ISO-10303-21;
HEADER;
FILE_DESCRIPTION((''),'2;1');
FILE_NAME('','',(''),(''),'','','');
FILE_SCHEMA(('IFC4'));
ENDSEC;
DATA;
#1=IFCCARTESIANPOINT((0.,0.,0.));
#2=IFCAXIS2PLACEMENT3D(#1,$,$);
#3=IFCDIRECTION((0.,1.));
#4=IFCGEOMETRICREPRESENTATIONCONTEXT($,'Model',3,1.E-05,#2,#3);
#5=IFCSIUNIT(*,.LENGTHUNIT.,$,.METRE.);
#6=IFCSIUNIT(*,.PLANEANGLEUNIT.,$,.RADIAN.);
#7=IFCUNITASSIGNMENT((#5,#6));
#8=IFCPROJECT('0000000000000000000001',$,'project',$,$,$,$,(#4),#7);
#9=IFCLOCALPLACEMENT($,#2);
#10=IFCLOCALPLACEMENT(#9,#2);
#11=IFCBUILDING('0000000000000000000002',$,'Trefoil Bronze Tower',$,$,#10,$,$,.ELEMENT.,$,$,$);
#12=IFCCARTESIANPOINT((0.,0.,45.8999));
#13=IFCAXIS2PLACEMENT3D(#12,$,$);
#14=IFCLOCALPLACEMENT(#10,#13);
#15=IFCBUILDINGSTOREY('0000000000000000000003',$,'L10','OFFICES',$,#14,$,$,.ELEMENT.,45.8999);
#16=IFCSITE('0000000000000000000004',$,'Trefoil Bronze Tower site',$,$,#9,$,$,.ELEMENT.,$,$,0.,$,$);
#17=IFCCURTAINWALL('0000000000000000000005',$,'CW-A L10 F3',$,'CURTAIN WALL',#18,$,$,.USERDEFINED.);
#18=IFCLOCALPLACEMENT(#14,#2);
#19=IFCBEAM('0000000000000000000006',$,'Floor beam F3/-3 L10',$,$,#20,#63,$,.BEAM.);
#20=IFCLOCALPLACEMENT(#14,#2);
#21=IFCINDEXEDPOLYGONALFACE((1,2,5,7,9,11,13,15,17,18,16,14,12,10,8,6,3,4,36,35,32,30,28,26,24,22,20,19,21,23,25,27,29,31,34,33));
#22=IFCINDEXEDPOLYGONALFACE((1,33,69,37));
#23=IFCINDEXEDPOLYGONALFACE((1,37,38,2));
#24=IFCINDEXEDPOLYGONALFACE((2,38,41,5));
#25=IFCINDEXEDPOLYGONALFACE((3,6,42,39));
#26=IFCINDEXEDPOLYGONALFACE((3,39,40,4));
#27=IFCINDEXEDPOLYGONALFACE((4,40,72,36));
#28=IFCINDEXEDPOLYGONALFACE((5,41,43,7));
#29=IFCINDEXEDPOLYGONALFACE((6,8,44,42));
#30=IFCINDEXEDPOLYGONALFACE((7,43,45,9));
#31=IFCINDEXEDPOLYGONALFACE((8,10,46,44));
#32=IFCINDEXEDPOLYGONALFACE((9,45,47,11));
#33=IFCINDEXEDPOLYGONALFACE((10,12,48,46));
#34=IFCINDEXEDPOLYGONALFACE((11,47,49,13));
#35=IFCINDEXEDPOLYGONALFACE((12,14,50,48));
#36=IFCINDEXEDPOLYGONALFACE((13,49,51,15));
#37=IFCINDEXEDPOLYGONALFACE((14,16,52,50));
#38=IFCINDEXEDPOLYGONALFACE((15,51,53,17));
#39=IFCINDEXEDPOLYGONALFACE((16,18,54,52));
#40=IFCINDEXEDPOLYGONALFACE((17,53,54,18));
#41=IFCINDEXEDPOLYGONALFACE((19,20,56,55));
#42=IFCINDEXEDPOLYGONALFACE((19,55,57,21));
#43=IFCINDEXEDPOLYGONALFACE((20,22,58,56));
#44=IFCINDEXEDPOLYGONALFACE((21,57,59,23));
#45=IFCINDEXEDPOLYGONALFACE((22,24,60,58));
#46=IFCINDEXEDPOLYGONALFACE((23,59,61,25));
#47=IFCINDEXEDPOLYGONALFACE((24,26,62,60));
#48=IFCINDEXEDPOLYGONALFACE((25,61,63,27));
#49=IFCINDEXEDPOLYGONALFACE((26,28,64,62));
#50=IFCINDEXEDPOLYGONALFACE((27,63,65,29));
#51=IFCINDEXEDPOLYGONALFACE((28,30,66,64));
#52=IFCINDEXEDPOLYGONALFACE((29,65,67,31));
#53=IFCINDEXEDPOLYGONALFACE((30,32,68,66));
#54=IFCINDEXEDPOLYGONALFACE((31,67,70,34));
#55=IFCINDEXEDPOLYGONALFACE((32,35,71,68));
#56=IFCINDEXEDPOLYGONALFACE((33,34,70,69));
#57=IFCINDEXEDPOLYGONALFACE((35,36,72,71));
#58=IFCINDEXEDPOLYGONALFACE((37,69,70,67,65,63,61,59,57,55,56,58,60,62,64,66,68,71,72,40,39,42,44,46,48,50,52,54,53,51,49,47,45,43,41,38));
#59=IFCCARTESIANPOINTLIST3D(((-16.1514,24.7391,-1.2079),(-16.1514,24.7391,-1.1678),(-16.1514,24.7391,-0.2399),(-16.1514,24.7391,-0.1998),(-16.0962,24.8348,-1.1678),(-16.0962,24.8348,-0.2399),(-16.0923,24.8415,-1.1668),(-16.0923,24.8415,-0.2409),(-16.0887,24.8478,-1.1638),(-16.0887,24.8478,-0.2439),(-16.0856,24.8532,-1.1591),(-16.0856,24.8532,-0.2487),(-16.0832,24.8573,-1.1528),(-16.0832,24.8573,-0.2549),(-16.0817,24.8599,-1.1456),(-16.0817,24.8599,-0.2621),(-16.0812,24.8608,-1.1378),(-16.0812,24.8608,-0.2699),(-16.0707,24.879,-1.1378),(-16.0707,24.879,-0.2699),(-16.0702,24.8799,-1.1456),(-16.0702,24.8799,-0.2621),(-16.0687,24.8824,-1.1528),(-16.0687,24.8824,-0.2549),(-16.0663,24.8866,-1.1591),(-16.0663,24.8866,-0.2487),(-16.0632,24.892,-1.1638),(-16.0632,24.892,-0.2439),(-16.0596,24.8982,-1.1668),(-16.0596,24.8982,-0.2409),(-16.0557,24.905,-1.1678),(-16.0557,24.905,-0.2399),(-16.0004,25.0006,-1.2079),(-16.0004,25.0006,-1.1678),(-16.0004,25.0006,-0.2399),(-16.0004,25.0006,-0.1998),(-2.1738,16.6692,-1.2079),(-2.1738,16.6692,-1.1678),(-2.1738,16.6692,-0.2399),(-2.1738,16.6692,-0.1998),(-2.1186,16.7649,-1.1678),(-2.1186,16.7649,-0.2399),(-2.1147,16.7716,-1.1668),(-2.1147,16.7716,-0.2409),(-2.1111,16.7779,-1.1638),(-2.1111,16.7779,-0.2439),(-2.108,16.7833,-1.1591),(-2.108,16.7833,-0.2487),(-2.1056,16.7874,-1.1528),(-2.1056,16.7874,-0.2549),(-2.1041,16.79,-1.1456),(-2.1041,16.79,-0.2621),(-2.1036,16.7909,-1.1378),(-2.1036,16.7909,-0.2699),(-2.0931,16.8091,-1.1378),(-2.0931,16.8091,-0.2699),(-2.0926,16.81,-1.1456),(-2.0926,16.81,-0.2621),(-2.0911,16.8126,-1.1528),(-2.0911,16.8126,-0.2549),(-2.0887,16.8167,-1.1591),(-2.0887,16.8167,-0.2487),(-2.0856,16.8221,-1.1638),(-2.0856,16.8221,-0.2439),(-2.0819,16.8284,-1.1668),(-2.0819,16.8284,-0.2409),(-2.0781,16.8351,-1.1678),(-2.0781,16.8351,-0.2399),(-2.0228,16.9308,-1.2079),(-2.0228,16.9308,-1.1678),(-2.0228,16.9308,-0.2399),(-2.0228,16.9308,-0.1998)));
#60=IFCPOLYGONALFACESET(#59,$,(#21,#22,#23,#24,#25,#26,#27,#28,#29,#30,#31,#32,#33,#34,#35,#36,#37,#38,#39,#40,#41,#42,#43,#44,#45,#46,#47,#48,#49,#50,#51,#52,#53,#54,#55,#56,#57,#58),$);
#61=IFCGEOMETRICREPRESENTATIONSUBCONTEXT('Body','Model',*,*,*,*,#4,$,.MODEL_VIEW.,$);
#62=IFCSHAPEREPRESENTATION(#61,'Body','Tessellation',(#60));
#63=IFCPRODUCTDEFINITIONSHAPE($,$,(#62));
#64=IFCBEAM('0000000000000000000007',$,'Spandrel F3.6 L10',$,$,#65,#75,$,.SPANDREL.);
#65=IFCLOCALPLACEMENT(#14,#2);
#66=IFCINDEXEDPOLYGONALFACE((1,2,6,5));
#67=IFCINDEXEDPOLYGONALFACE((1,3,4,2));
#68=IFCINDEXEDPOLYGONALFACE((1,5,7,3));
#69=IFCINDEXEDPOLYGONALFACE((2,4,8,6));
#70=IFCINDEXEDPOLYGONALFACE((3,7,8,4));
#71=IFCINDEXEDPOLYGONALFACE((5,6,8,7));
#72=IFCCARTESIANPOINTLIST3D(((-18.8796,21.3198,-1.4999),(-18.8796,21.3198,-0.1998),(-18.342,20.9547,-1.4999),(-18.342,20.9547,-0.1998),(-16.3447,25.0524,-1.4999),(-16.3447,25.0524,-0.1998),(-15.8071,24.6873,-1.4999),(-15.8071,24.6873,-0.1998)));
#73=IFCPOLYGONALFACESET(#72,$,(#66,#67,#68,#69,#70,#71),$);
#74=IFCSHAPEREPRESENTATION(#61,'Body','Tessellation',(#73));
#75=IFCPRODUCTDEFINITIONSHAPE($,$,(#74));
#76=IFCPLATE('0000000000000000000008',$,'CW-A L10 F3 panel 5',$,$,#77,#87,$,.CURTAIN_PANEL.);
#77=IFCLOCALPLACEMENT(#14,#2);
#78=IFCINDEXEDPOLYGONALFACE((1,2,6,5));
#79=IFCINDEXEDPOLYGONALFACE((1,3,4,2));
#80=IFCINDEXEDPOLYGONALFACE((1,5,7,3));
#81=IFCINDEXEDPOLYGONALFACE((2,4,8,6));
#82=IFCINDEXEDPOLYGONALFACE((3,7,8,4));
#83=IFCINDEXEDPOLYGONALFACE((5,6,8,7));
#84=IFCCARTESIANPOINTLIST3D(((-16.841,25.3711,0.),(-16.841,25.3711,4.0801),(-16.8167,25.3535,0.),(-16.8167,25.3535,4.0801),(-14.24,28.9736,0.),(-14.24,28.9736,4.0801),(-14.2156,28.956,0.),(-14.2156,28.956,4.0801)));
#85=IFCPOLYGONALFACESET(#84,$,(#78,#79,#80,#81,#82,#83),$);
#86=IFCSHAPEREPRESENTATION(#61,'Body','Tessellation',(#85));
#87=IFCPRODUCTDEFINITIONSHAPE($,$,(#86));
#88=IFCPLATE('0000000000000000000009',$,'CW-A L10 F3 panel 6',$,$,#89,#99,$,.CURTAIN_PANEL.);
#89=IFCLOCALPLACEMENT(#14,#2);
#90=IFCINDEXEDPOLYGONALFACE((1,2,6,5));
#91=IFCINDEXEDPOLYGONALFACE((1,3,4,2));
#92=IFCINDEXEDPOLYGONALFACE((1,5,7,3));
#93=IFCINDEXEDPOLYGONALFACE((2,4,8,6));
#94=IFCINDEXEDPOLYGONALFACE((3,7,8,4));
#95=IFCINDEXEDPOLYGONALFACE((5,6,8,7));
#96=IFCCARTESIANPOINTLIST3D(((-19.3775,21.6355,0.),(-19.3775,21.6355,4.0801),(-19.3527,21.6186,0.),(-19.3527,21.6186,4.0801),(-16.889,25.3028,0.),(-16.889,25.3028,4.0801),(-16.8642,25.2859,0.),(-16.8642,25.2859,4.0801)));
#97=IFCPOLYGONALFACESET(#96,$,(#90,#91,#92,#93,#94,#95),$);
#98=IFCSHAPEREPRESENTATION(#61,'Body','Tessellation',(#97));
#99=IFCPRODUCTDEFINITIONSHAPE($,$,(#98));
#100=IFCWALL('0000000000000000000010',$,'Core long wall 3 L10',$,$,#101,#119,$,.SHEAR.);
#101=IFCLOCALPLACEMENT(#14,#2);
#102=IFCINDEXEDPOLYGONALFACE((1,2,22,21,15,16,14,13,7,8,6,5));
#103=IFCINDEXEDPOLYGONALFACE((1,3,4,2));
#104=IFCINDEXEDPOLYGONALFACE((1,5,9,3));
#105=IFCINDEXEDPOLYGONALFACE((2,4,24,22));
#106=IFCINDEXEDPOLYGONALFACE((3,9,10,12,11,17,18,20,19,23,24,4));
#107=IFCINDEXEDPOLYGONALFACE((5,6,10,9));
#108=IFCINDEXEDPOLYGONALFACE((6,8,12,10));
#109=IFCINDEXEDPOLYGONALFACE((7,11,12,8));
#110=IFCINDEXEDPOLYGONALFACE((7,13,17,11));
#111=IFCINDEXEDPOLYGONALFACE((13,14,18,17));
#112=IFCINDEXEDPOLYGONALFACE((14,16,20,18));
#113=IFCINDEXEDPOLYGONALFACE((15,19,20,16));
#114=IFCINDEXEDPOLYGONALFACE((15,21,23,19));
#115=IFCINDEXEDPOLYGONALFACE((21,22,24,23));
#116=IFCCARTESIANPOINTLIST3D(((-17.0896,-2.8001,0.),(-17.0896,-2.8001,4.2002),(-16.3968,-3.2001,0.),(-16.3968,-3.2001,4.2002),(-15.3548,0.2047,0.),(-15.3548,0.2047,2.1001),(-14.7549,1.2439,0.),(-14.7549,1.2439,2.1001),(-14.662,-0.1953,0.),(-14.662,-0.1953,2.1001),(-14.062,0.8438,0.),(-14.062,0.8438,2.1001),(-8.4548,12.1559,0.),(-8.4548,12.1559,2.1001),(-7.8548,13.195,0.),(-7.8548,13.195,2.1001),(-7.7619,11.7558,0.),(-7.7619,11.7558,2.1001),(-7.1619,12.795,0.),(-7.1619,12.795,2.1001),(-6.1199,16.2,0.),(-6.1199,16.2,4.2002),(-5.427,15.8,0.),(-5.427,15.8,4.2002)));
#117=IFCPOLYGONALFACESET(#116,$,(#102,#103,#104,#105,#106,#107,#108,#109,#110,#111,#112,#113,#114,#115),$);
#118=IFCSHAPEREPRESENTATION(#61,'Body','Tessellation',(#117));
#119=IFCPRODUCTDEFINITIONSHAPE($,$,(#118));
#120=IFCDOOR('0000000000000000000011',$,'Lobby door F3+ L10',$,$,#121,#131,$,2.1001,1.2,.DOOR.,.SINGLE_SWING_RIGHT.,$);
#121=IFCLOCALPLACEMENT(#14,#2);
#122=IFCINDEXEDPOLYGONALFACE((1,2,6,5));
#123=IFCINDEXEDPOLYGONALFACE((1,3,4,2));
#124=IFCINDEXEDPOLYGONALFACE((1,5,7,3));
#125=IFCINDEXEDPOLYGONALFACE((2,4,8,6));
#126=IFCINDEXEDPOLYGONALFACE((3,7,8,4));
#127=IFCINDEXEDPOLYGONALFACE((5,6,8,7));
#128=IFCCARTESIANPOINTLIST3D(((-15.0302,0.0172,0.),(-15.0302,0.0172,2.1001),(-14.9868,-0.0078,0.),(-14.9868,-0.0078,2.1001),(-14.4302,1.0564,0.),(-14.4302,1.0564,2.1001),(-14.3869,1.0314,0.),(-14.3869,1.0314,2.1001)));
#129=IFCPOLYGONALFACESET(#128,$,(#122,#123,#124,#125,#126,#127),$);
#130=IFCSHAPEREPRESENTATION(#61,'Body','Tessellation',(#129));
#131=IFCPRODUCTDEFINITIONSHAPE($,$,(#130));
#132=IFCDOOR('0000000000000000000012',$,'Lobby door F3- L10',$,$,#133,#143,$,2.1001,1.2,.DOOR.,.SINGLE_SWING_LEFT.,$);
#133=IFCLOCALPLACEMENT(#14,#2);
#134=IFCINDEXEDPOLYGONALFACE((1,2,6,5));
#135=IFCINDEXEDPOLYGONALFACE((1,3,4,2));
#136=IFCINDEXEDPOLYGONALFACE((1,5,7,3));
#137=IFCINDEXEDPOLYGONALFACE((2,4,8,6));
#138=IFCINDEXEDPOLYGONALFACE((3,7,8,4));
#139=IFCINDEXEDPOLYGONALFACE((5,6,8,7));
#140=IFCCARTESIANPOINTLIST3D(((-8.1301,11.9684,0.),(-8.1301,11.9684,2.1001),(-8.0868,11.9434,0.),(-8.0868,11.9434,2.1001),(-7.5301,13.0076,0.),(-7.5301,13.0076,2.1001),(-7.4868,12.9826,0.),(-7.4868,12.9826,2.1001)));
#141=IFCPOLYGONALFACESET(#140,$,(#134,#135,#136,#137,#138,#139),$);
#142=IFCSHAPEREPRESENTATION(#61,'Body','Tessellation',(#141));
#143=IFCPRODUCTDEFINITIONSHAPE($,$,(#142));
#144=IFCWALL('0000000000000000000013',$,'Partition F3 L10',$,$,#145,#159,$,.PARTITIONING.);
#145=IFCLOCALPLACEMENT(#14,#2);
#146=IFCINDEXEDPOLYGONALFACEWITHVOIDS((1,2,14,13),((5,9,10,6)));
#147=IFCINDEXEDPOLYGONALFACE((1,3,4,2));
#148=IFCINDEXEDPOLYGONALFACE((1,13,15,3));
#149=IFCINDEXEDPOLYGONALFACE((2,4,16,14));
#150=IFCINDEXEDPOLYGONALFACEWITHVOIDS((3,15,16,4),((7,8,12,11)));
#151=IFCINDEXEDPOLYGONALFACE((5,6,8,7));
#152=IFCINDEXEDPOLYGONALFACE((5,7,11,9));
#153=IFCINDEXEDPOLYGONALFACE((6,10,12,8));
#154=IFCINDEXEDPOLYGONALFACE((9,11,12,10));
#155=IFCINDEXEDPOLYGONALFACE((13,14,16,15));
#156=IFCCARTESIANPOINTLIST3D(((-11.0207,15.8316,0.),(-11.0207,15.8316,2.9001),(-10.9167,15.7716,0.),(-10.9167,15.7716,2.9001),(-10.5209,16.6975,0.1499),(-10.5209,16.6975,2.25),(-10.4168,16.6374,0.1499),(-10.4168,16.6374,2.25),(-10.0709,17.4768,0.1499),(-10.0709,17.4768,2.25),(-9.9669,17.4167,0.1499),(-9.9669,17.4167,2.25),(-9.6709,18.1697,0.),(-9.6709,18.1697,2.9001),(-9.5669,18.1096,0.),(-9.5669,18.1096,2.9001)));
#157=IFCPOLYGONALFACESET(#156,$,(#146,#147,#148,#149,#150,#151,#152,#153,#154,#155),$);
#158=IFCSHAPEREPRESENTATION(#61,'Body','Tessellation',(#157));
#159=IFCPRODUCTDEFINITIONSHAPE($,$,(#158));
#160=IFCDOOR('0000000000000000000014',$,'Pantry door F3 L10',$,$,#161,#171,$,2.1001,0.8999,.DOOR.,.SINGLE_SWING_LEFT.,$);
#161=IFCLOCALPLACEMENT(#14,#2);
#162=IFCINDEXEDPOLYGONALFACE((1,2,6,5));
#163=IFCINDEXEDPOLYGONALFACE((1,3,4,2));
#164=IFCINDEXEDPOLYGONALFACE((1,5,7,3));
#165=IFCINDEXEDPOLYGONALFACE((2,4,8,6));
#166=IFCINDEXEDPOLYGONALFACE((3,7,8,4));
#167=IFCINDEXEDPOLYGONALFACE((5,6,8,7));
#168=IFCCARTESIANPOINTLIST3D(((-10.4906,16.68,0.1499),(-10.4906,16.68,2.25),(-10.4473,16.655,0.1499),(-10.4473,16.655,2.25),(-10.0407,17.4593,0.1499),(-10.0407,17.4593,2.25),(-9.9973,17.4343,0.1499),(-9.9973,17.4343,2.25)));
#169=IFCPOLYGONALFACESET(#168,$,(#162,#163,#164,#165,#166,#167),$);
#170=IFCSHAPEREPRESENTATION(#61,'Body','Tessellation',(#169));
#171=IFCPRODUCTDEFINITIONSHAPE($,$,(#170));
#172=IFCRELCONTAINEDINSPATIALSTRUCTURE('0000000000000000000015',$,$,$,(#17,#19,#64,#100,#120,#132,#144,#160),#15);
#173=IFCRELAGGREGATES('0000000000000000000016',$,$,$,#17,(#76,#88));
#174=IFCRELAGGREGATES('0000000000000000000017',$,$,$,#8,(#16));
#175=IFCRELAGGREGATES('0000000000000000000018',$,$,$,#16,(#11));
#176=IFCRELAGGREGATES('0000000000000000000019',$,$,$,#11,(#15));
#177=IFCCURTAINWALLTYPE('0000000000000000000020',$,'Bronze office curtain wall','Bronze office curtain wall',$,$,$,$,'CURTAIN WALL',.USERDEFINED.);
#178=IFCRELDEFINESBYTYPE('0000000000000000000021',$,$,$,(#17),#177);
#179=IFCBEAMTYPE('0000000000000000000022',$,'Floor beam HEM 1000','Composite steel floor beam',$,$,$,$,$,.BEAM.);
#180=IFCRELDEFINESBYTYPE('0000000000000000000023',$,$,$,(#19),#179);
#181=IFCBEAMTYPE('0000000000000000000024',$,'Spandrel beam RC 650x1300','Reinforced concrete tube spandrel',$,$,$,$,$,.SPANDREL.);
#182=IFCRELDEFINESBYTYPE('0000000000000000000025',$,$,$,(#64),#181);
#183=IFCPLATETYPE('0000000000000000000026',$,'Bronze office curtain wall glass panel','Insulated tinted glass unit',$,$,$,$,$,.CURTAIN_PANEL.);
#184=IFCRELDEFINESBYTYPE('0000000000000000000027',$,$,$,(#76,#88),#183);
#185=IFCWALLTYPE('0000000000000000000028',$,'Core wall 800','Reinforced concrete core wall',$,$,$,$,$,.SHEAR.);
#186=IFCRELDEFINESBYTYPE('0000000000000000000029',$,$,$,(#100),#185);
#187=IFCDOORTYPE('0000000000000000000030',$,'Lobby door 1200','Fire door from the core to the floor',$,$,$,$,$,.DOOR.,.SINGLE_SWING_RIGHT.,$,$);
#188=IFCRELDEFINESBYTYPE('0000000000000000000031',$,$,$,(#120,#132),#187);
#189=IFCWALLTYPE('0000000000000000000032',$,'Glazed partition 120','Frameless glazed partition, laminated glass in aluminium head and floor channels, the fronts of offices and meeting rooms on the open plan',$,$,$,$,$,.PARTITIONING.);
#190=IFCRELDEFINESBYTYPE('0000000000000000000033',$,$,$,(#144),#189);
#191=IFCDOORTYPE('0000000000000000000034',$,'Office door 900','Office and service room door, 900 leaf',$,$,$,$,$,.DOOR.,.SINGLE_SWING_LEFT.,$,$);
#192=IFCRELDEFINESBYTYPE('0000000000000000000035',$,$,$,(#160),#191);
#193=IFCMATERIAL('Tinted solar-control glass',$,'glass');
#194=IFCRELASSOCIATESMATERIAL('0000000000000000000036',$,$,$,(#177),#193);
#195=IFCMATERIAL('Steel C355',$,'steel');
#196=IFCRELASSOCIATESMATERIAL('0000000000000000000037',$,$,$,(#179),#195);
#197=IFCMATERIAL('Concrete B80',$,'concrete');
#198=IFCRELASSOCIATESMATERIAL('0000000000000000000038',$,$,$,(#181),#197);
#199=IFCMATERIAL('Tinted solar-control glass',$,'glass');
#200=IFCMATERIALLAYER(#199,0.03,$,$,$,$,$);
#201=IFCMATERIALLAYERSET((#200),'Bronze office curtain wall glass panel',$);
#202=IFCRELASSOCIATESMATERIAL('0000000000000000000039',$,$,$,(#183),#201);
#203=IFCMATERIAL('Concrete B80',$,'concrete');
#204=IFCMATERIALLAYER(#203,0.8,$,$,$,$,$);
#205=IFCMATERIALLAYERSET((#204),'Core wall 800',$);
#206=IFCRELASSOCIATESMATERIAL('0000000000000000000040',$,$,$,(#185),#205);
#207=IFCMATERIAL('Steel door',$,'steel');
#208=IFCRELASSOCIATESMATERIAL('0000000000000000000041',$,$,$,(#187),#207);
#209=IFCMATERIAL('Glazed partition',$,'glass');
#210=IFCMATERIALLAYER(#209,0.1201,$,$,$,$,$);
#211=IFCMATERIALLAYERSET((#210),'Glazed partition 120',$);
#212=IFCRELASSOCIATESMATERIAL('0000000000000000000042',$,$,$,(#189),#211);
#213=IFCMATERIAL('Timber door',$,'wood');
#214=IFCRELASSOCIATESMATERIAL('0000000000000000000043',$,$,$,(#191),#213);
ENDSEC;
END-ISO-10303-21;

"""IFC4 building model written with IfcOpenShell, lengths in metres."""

from ifc_helpers import new_model, si_unit, direction, frame, frame_2d, origin, origin_2d, place, context, subcontext, project, spatial, rectangle, i_section, extrude, material, layer, layer_set, material_profile, profile_set, type_object, element, fill, aggregate, save


model = new_model("IFC4")

# Units and contexts
model_context = context("Model", 3, precision=1e-05, world=origin(), true_north=direction((0.0, 1.0)))
body_context = subcontext(model_context, "Body", "Model", "MODEL_VIEW")
ifc_project = project(units=[si_unit("LENGTHUNIT", "METRE"), si_unit("PLANEANGLEUNIT", "RADIAN")], contexts=[model_context])

# Site, building, storey
site_placement = place(None, origin())
site = spatial("IfcSite", under=ifc_project, at=site_placement, Name="Trefoil Bronze Tower site", CompositionType="ELEMENT", RefElevation=0.0)
building_placement = place(site_placement, origin())
building = spatial("IfcBuilding", under=site, at=building_placement, Name="Trefoil Bronze Tower", CompositionType="ELEMENT")
storey_placement = place(building_placement, frame((0.0, 0.0, 45.8999)))
storey = spatial("IfcBuildingStorey", under=building, at=storey_placement, Name="L10", Description="OFFICES", CompositionType="ELEMENT", Elevation=45.8999)

# Curtain wall
ifc_material_1 = material(Name="Tinted solar-control glass", Category="glass")
curtain_wall_type = type_object("IfcCurtainWallType", Name="Bronze office curtain wall", Description="Bronze office curtain wall", ElementType="CURTAIN WALL", PredefinedType="USERDEFINED", material=ifc_material_1)
curtain_wall_placement = place(storey_placement, origin())
curtain_wall = element("IfcCurtainWall", 1, at=curtain_wall_placement, inside=storey, type_object=curtain_wall_type, Name="CW-A L10 F3", ObjectType="CURTAIN WALL", PredefinedType="USERDEFINED")

# Beams
ifc_material_2 = material(Name="Steel C355", Category="steel")
ifc_material_profile_1 = material_profile(ifc_material_2, i_section(OverallWidth=0.302, OverallDepth=1.0081, WebThickness=0.021, FlangeThickness=0.04, FilletRadius=0.03, at=origin_2d()), Name="HEM 1000")
ifc_profile_set_1 = profile_set([ifc_material_profile_1], Name="Steel C355")
beam_type_1 = type_object("IfcBeamType", Name="Floor beam HEM 1000", Description="Composite steel floor beam", PredefinedType="BEAM", material=ifc_profile_set_1)
beam_1_placement = place(storey_placement, frame((-16.0759, 24.8699, -0.7039), z_axis=(0.866028, -0.499995, 0.0), x_axis=(0.499995, 0.866028, 0.0)))
element("IfcBeam", 2, at=beam_1_placement, inside=storey, type_object=beam_type_1, Name="Floor beam F3/-3 L10", PredefinedType="BEAM", context=body_context, shape_type="SweptSolid", body=[
    extrude(i_section(OverallWidth=0.302, OverallDepth=1.0081, WebThickness=0.021, FlangeThickness=0.04, FilletRadius=0.03, at=origin_2d()), origin(), (0.0, 0.0, 1.0), 16.1399),
])
ifc_material_3 = material(Name="Concrete B80", Category="concrete")
ifc_material_profile_2 = material_profile(ifc_material_3, rectangle(XDim=0.6499, YDim=1.3, at=origin_2d()), Name="RC 650x1300")
ifc_profile_set_2 = profile_set([ifc_material_profile_2], Name="Concrete B80")
beam_type_2 = type_object("IfcBeamType", Name="Spandrel beam RC 650x1300", Description="Reinforced concrete tube spandrel", PredefinedType="SPANDREL", material=ifc_profile_set_2)
beam_2_placement = place(storey_placement, frame((-16.0759, 24.8699, -0.8499), z_axis=(-0.56181, -0.827267, 0.0), x_axis=(0.827267, -0.56181, 0.0)))
element("IfcBeam", 3, at=beam_2_placement, inside=storey, type_object=beam_type_2, Name="Spandrel F3.6 L10", PredefinedType="SPANDREL", context=body_context, shape_type="SweptSolid", body=[
    extrude(rectangle(XDim=0.6499, YDim=1.3, at=origin_2d()), origin(), (0.0, 0.0, 1.0), 4.512),
])

# Plates
ifc_material_4 = material(Name="Tinted solar-control glass", Category="glass")
ifc_layer_1 = layer(ifc_material_4, 0.03)
ifc_layer_set_1 = layer_set([ifc_layer_1], Name="Bronze office curtain wall glass panel")
plate_type = type_object("IfcPlateType", Name="Bronze office curtain wall glass panel", Description="Insulated tinted glass unit", PredefinedType="CURTAIN_PANEL", material=ifc_layer_set_1)
plate_1_placement = place(storey_placement, frame((-15.5283, 27.1636, 0.0), z_axis=(0.0, 0.0, 1.0), x_axis=(-0.585373, -0.810764, 0.0)))
plate_1 = element("IfcPlate", 4, at=plate_1_placement, type_object=plate_type, Name="CW-A L10 F3 panel 5", PredefinedType="CURTAIN_PANEL", context=body_context, shape_type="SweptSolid", body=[
    extrude(rectangle(XDim=4.4434, YDim=0.03, at=origin_2d()), origin(), (0.0, 0.0, 1.0), 4.0801),
])
plate_2_placement = place(storey_placement, frame((-18.1208, 23.4607, 0.0), z_axis=(0.0, 0.0, 1.0), x_axis=(-0.56151, -0.82747, 0.0)))
plate_2 = element("IfcPlate", 5, at=plate_2_placement, type_object=plate_type, Name="CW-A L10 F3 panel 6", PredefinedType="CURTAIN_PANEL", context=body_context, shape_type="SweptSolid", body=[
    extrude(rectangle(XDim=4.4319, YDim=0.03, at=origin_2d()), origin(), (0.0, 0.0, 1.0), 4.0801),
])
aggregate(curtain_wall, [plate_1, plate_2])

# Wall, openings, doors
ifc_material_5 = material(Name="Concrete B80", Category="concrete")
ifc_layer_2 = layer(ifc_material_5, 0.8)
ifc_layer_set_2 = layer_set([ifc_layer_2], Name="Core wall 800")
wall_type_1 = type_object("IfcWallType", Name="Core wall 800", Description="Reinforced concrete core wall", PredefinedType="SHEAR", material=ifc_layer_set_2)
wall_1_placement = place(storey_placement, frame((-5.7734, 16.0, 0.0), z_axis=(0.0, 0.0, 1.0), x_axis=(-0.500002, -0.866024, 0.0)))
wall_1 = element("IfcWall", 6, at=wall_1_placement, inside=storey, type_object=wall_type_1, Name="Core long wall 3 L10", PredefinedType="SHEAR", context=body_context, shape_type="SweptSolid", body=[
    extrude(rectangle(XDim=21.9395, YDim=0.8, at=frame_2d((10.9697, 0.0))), origin(), (0.0, 0.0, 1.0), 4.2002),
])
opening_1_placement = place(wall_1_placement, frame((17.2698, 0.0, 0.0)))
opening_1 = element("IfcOpeningElement", 7, at=opening_1_placement, cuts=wall_1, PredefinedType="OPENING", context=body_context, shape_type="SweptSolid", body=[
    extrude(rectangle(XDim=1.2, YDim=2.1001, at=frame_2d((0.6001, 1.05))), frame((0.0, 0.4099, 0.0), z_axis=(0.0, -1.0, 0.0), x_axis=(1.0, 0.0, 0.0)), (0.0, 0.0, 1.0), 0.8201),
])
opening_2_placement = place(wall_1_placement, frame((3.4697, 0.0, 0.0)))
opening_2 = element("IfcOpeningElement", 8, at=opening_2_placement, cuts=wall_1, PredefinedType="OPENING", context=body_context, shape_type="SweptSolid", body=[
    extrude(rectangle(XDim=1.2, YDim=2.1001, at=frame_2d((0.6001, 1.05))), frame((0.0, 0.4099, 0.0), z_axis=(0.0, -1.0, 0.0), x_axis=(1.0, 0.0, 0.0)), (0.0, 0.0, 1.0), 0.8201),
])
ifc_material_6 = material(Name="Steel door", Category="steel")
door_type_1 = type_object("IfcDoorType", Name="Lobby door 1200", Description="Fire door from the core to the floor", OperationType="SINGLE_SWING_RIGHT", PredefinedType="DOOR", material=ifc_material_6)
door_1_placement = place(opening_1_placement, origin())
door_1 = element("IfcDoor", 9, at=door_1_placement, inside=storey, type_object=door_type_1, Name="Lobby door F3+ L10", OperationType="SINGLE_SWING_RIGHT", OverallHeight=2.1001, OverallWidth=1.2, PredefinedType="DOOR", context=body_context, shape_type="SweptSolid", body=[
    extrude(rectangle(XDim=1.2, YDim=2.1001, at=frame_2d((0.6001, 1.05))), frame((0.0, 0.0249, 0.0), z_axis=(0.0, -1.0, 0.0), x_axis=(1.0, 0.0, 0.0)), (0.0, 0.0, 1.0), 0.05),
])
fill(opening_1, door_1)
door_2_placement = place(opening_2_placement, origin())
door_2 = element("IfcDoor", 10, at=door_2_placement, inside=storey, type_object=door_type_1, Name="Lobby door F3- L10", OperationType="SINGLE_SWING_LEFT", OverallHeight=2.1001, OverallWidth=1.2, PredefinedType="DOOR", context=body_context, shape_type="SweptSolid", body=[
    extrude(rectangle(XDim=1.2, YDim=2.1001, at=frame_2d((0.6001, 1.05))), frame((0.0, 0.0249, 0.0), z_axis=(0.0, -1.0, 0.0), x_axis=(1.0, 0.0, 0.0)), (0.0, 0.0, 1.0), 0.05),
])
fill(opening_2, door_2)

# Wall, opening, door
ifc_material_7 = material(Name="Glazed partition", Category="glass")
ifc_layer_3 = layer(ifc_material_7, 0.1201)
ifc_layer_set_3 = layer_set([ifc_layer_3], Name="Glazed partition 120")
wall_type_2 = type_object("IfcWallType", Name="Glazed partition 120", Description="Frameless glazed partition, laminated glass in aluminium head and floor channels, the fronts of offices and meeting rooms on the open plan", PredefinedType="PARTITIONING", material=ifc_layer_set_3)
wall_2_placement = place(storey_placement, frame((-9.6189, 18.1396, 0.0), z_axis=(0.0, 0.0, 1.0), x_axis=(-0.499981, -0.866037, 0.0)))
wall_2 = element("IfcWall", 11, at=wall_2_placement, inside=storey, type_object=wall_type_2, Name="Partition F3 L10", PredefinedType="PARTITIONING", context=body_context, shape_type="SweptSolid", body=[
    extrude(rectangle(XDim=2.6997, YDim=0.1201, at=frame_2d((1.3499, 0.0))), origin(), (0.0, 0.0, 1.0), 2.9001),
])
opening_3_placement = place(wall_2_placement, frame((0.8, 0.0, 0.1499)))
opening_3 = element("IfcOpeningElement", 12, at=opening_3_placement, cuts=wall_2, PredefinedType="OPENING", context=body_context, shape_type="SweptSolid", body=[
    extrude(rectangle(XDim=0.8999, YDim=2.1001, at=frame_2d((0.45, 1.05))), frame((0.0, 0.0701, 0.0), z_axis=(0.0, -1.0, 0.0), x_axis=(1.0, 0.0, 0.0)), (0.0, 0.0, 1.0), 0.1401),
])
ifc_material_8 = material(Name="Timber door", Category="wood")
door_type_2 = type_object("IfcDoorType", Name="Office door 900", Description="Office and service room door, 900 leaf", OperationType="SINGLE_SWING_LEFT", PredefinedType="DOOR", material=ifc_material_8)
door_3_placement = place(opening_3_placement, origin())
door_3 = element("IfcDoor", 13, at=door_3_placement, inside=storey, type_object=door_type_2, Name="Pantry door F3 L10", OperationType="SINGLE_SWING_LEFT", OverallHeight=2.1001, OverallWidth=0.8999, PredefinedType="DOOR", context=body_context, shape_type="SweptSolid", body=[
    extrude(rectangle(XDim=0.8999, YDim=2.1001, at=frame_2d((0.45, 1.05))), frame((0.0, 0.0249, 0.0), z_axis=(0.0, -1.0, 0.0), x_axis=(1.0, 0.0, 0.0)), (0.0, 0.0, 1.0), 0.05),
])
fill(opening_3, door_3)

save(model, "model.ifc")
